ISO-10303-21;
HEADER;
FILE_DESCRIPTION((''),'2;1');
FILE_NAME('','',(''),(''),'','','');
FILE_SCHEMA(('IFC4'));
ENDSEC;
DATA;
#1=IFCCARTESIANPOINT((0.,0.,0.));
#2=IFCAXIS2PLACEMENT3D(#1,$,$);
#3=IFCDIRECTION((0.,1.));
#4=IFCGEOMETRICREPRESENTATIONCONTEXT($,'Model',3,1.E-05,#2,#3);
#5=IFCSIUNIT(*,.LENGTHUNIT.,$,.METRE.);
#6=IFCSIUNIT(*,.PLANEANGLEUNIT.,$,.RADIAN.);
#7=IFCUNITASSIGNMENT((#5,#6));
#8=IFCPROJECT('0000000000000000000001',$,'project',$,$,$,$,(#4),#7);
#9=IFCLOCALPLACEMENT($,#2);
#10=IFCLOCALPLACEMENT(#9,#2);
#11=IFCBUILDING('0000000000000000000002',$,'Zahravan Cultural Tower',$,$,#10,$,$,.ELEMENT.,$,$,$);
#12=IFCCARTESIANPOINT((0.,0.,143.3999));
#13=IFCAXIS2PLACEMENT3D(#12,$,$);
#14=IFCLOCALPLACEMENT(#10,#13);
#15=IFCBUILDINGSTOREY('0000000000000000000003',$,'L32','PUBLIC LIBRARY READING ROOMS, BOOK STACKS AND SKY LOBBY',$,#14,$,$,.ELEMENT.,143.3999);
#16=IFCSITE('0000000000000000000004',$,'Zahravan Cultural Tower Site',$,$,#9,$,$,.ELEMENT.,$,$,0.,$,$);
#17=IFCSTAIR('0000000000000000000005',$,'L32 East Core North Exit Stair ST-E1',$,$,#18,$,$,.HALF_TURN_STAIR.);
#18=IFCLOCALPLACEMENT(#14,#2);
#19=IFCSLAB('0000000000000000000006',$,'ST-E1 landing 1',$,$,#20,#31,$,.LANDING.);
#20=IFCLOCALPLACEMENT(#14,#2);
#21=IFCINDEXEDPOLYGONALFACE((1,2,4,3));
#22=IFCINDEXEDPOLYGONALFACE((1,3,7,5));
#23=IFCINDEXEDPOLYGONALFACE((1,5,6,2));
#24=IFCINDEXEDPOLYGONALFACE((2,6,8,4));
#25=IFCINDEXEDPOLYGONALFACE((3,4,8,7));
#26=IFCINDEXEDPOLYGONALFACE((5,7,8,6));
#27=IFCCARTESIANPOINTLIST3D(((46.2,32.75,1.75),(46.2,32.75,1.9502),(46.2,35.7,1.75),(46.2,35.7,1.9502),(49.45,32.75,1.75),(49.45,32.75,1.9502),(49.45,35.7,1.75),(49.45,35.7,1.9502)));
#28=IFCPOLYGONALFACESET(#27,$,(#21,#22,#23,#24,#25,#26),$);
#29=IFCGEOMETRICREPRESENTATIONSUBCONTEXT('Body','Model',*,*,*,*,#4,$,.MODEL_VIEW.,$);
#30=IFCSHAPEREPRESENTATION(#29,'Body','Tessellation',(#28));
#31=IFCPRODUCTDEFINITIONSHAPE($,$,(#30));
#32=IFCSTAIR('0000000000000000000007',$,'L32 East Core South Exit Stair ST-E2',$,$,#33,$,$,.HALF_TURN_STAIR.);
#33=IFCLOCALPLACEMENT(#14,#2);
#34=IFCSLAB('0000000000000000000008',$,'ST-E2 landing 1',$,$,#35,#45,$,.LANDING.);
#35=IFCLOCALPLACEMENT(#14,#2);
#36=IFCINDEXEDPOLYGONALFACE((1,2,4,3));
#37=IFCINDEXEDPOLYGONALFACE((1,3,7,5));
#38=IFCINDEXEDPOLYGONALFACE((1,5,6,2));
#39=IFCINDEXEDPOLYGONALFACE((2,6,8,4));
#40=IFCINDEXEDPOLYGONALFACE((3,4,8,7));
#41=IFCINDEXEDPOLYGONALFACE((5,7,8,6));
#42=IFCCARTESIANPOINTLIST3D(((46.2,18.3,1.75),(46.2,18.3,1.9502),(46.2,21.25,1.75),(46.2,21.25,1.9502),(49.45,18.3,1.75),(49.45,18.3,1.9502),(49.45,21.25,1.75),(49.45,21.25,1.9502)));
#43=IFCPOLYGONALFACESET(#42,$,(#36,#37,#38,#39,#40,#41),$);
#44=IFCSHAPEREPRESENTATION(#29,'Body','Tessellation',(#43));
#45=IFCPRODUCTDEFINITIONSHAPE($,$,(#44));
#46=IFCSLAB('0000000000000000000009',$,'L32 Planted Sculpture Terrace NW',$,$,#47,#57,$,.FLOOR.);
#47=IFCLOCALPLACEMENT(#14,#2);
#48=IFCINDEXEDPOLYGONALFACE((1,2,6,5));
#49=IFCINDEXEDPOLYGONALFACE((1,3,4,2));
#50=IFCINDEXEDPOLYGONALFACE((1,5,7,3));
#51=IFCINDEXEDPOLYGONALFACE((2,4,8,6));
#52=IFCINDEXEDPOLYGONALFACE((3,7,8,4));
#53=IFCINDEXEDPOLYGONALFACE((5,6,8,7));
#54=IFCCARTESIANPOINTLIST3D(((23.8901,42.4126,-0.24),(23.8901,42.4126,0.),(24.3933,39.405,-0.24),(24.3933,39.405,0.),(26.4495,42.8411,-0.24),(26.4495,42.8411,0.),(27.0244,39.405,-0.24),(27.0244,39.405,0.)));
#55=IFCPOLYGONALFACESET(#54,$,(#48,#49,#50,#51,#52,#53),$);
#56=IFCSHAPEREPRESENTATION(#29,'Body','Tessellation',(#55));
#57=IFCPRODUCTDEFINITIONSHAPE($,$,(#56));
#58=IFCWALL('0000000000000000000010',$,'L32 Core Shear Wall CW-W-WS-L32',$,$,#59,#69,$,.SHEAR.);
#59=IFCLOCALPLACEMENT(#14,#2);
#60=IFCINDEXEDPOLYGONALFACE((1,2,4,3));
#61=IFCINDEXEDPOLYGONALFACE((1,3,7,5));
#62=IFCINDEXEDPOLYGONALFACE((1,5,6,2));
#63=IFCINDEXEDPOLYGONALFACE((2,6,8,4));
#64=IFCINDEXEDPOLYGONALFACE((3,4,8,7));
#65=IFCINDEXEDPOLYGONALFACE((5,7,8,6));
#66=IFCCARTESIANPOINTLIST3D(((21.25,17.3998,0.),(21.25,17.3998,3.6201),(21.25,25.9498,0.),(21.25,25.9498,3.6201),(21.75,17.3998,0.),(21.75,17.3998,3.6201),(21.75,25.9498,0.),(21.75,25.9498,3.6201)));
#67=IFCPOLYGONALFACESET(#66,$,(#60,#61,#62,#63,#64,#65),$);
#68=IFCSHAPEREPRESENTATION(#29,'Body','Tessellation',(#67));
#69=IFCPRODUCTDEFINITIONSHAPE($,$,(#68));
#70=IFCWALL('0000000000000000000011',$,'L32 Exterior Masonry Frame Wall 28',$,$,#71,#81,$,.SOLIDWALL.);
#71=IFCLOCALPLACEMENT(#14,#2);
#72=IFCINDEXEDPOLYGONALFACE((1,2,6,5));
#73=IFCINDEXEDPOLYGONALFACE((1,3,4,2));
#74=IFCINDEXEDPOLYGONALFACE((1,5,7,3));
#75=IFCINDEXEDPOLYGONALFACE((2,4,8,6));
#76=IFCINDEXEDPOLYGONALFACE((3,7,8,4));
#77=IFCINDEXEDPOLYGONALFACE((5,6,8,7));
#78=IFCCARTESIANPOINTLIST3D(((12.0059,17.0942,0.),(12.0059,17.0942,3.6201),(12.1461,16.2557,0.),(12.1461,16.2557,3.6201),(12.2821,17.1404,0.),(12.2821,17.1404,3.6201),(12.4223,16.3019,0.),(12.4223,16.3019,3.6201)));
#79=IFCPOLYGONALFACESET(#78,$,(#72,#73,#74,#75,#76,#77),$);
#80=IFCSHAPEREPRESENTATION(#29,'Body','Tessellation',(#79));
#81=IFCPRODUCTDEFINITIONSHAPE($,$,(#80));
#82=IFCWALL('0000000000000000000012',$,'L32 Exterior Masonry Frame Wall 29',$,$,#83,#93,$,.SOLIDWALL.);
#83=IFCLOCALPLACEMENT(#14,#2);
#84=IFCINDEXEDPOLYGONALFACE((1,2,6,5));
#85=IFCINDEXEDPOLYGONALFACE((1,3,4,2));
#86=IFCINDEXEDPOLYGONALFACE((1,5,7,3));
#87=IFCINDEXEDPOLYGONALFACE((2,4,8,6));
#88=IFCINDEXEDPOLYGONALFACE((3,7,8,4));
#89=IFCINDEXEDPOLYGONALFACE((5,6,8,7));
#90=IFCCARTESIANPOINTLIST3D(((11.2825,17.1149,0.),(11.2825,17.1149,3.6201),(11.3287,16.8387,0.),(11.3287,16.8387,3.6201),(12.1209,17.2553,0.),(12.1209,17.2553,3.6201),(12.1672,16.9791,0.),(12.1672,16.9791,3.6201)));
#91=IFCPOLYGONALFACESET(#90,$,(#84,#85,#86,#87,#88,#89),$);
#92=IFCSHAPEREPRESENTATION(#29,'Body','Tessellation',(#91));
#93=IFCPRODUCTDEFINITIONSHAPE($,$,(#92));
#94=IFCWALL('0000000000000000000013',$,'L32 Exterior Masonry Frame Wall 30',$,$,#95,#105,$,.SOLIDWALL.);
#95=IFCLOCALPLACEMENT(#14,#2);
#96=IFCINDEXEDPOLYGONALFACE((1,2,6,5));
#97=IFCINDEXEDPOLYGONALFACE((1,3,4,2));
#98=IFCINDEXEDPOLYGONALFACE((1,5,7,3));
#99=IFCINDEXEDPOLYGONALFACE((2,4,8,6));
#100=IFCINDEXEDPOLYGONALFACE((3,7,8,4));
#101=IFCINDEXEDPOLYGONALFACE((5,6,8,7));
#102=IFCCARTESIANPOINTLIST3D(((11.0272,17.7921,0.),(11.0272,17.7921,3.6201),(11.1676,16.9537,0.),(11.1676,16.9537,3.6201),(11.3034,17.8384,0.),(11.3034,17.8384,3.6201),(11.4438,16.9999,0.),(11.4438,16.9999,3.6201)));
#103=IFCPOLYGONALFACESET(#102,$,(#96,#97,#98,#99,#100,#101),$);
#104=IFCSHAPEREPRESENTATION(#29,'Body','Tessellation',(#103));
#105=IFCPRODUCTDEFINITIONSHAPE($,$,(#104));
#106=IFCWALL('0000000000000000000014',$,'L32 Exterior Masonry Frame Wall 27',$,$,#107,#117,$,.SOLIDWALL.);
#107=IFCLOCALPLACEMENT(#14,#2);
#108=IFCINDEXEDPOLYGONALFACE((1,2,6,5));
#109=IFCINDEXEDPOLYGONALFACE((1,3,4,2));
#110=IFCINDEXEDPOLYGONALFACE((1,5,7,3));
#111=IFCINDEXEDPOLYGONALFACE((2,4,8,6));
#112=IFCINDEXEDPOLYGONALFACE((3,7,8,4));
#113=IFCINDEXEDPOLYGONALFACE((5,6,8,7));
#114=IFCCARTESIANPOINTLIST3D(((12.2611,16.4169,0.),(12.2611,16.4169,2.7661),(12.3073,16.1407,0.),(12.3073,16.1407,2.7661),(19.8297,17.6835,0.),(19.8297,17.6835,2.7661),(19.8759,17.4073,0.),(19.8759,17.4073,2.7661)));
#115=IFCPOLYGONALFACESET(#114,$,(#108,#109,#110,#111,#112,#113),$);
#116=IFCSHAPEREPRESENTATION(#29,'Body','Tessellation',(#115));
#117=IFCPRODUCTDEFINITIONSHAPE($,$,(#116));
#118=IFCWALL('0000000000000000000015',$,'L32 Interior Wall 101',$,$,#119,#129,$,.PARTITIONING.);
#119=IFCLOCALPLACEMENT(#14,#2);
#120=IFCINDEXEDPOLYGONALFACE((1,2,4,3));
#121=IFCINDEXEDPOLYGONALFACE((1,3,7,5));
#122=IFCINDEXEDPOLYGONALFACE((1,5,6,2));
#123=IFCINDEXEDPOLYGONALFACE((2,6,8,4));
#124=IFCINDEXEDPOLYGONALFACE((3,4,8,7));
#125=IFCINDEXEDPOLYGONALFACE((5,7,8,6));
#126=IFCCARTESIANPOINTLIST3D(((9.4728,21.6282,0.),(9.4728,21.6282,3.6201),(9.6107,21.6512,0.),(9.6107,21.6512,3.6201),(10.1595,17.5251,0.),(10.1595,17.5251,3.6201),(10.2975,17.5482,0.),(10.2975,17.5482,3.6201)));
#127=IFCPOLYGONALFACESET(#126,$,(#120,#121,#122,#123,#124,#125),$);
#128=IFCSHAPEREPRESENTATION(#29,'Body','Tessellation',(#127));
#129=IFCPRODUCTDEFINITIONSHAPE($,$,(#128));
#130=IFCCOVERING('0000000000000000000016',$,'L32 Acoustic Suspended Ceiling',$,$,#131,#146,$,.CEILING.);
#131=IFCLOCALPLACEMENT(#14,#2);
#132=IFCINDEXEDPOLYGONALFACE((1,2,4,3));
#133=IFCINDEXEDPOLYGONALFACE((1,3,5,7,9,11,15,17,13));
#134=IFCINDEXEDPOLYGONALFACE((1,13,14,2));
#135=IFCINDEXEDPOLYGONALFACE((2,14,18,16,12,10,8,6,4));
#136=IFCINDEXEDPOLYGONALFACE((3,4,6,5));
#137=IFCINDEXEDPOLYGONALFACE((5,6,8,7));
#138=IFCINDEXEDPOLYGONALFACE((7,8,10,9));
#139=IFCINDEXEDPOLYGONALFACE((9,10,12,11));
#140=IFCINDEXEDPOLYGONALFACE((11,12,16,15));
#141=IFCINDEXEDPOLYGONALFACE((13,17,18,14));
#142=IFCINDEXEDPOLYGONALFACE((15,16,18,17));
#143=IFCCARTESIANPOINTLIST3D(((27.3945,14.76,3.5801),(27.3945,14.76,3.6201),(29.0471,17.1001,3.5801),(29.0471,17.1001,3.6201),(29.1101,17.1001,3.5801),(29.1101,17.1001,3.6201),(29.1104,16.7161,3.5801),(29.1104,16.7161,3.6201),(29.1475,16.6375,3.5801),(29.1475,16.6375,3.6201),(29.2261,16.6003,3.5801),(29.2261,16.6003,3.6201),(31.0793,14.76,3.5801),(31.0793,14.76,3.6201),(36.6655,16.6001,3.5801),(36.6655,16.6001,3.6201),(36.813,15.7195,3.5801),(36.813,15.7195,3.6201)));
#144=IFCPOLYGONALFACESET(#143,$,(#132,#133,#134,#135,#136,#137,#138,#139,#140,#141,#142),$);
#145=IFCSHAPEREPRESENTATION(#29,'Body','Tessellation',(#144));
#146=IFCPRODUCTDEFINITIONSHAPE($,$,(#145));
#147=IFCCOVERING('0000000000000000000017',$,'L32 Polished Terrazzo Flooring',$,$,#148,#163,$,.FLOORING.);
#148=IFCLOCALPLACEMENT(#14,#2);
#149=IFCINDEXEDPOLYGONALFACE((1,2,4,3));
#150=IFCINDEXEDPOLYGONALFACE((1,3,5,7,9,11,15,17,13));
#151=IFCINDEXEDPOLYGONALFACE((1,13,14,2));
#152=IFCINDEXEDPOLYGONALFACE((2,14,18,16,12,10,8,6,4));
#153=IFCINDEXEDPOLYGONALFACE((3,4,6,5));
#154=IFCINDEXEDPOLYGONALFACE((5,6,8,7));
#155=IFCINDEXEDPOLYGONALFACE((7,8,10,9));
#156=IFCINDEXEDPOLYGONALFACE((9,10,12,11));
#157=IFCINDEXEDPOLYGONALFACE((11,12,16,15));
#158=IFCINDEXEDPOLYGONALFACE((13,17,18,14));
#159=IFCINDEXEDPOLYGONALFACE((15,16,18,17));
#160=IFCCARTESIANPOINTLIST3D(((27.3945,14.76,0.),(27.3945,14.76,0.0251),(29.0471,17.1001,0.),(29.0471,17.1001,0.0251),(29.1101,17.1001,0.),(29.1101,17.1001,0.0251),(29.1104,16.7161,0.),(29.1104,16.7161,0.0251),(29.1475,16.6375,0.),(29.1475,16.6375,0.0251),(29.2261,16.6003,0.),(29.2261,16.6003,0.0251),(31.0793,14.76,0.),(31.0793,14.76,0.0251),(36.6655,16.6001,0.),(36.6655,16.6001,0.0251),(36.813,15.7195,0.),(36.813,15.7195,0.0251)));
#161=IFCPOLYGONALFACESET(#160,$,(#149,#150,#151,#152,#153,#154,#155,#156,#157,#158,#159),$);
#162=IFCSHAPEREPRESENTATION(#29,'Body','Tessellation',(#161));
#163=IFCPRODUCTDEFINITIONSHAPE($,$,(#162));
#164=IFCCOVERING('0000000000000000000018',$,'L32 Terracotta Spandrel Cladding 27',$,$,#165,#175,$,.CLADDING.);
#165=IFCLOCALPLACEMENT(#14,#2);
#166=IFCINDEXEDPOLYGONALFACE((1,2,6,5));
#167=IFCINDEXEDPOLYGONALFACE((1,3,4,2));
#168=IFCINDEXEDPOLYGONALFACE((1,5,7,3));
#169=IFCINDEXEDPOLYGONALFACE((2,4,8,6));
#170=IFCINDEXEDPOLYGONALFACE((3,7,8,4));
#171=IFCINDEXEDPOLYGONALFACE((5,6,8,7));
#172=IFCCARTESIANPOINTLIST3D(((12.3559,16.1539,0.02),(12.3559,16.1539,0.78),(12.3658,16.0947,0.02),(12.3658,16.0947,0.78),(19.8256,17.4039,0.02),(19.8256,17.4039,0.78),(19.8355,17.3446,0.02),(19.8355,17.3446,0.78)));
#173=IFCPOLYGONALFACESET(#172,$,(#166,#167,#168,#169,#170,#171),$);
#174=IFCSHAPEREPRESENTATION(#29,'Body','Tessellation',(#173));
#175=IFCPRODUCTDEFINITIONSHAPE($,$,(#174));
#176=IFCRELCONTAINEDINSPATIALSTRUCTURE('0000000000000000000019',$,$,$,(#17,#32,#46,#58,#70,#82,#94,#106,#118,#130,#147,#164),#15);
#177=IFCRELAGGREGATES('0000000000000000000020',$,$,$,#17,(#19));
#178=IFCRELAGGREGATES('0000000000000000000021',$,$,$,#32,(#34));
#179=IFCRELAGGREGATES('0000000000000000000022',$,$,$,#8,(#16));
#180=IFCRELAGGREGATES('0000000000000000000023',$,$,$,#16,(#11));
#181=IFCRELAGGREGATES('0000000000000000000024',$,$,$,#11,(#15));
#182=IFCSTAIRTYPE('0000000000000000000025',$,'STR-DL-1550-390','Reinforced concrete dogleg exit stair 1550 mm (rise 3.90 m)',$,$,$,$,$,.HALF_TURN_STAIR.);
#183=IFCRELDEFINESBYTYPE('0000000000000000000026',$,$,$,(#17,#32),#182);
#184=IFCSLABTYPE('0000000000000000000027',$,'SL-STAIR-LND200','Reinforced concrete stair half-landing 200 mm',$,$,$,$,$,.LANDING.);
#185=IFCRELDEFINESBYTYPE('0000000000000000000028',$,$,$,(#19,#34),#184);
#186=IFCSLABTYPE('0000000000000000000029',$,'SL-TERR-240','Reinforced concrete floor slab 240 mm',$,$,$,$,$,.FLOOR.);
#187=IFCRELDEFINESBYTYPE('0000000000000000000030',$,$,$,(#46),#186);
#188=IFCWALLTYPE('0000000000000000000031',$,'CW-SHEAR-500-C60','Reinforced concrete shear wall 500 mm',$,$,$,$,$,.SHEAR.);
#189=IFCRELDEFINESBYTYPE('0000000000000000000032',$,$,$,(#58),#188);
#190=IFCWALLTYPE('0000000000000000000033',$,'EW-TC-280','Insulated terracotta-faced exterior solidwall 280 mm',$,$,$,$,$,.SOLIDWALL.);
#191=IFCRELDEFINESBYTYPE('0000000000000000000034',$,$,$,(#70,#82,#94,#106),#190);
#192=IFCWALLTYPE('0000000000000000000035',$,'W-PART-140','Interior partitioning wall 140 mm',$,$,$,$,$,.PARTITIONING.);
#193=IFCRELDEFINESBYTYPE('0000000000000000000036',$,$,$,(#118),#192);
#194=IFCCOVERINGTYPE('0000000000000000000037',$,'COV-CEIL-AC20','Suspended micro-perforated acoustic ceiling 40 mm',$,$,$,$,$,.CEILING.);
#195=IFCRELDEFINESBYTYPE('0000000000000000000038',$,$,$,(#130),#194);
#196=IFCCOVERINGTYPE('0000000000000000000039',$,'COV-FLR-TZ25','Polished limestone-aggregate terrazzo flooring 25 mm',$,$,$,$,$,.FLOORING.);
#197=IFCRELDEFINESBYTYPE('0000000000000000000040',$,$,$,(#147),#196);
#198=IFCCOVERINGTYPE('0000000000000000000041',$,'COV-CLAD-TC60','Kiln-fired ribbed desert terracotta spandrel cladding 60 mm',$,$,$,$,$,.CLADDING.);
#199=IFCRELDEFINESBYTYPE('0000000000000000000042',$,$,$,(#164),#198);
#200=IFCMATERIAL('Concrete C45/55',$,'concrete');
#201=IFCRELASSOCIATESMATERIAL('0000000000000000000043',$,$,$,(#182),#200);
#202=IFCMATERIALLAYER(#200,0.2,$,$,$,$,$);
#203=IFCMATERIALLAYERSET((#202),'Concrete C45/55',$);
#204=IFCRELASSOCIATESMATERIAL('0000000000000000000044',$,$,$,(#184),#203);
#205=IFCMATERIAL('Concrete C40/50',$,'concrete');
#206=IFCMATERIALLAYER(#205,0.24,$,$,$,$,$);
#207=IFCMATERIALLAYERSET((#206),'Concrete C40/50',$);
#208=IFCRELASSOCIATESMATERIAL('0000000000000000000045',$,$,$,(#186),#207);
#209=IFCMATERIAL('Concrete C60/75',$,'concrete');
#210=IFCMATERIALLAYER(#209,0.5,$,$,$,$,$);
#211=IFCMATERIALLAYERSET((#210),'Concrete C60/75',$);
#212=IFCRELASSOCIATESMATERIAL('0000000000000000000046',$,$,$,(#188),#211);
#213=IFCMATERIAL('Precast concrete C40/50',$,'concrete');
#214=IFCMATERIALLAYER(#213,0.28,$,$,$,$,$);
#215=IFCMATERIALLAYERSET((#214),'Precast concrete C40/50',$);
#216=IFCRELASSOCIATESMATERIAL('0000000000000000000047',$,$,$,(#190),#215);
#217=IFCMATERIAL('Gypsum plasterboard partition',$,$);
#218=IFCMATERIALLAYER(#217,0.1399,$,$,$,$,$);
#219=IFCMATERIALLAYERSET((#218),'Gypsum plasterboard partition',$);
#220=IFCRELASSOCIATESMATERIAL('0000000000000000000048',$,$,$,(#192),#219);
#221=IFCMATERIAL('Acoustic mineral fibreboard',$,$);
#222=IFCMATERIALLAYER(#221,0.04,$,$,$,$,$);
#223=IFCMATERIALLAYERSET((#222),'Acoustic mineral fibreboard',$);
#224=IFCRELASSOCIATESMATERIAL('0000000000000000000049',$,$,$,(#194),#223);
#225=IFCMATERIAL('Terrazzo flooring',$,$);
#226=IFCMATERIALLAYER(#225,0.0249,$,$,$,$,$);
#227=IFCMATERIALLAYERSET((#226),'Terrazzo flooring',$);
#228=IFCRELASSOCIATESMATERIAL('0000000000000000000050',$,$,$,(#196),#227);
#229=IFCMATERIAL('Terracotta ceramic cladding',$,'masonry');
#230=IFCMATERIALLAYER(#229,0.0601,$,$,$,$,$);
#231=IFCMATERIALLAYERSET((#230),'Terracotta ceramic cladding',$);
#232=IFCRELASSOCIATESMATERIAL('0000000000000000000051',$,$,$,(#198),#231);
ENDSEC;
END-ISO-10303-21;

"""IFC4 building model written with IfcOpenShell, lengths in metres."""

from ifc_helpers import new_model, si_unit, direction, frame, frame_2d, origin, origin_2d, place, context, subcontext, project, spatial, polyline, rectangle, outline, extrude, source, transform, mapped, material, layer, layer_set, type_object, element, aggregate, save


model = new_model("IFC4")

# Units and contexts
model_context = context("Model", 3, precision=1e-05, world=origin(), true_north=direction((0.0, 1.0)))
body_context = subcontext(model_context, "Body", "Model", "MODEL_VIEW")
ifc_project = project(units=[si_unit("LENGTHUNIT", "METRE"), si_unit("PLANEANGLEUNIT", "RADIAN")], contexts=[model_context])

# Site, building, storey
site_placement = place(None, origin())
site = spatial("IfcSite", under=ifc_project, at=site_placement, Name="Zahravan Cultural Tower Site", CompositionType="ELEMENT", RefElevation=0.0)
building_placement = place(site_placement, origin())
building = spatial("IfcBuilding", under=site, at=building_placement, Name="Zahravan Cultural Tower", CompositionType="ELEMENT")
storey_placement = place(building_placement, frame((0.0, 0.0, 143.3999)))
storey = spatial("IfcBuildingStorey", under=building, at=storey_placement, Name="L32", Description="PUBLIC LIBRARY READING ROOMS, BOOK STACKS AND SKY LOBBY", CompositionType="ELEMENT", Elevation=143.3999)

# Shared definitions
ifc_material_1 = material(Name="Concrete C45/55", Category="concrete")

# Stairs, slabs
stair_type = type_object("IfcStairType", Name="STR-DL-1550-390", Description="Reinforced concrete dogleg exit stair 1550 mm (rise 3.90 m)", PredefinedType="HALF_TURN_STAIR", material=ifc_material_1)
ifc_layer_1 = layer(ifc_material_1, 0.2)
ifc_layer_set_1 = layer_set([ifc_layer_1], Name="Concrete C45/55")
slab_type_1 = type_object("IfcSlabType", Name="SL-STAIR-LND200", Description="Reinforced concrete stair half-landing 200 mm", PredefinedType="LANDING", material=ifc_layer_set_1)
stair_1_placement = place(storey_placement, origin())
stair_1 = element("IfcStair", 1, at=stair_1_placement, inside=storey, type_object=stair_type, Name="L32 East Core North Exit Stair ST-E1", PredefinedType="HALF_TURN_STAIR")
slab_1_placement = place(storey_placement, frame((0.0, 0.0, 1.75)))
slab_1 = element("IfcSlab", 2, at=slab_1_placement, type_object=slab_type_1, Name="ST-E1 landing 1", PredefinedType="LANDING", context=body_context, shape_type="SweptSolid", body=[
    extrude(outline(polyline([(49.45, 32.75), (49.45, 35.7), (46.2, 35.7), (46.2, 32.75), (49.45, 32.75)])), origin(), (0.0, 0.0, 1.0), 0.2002),
])
aggregate(stair_1, [slab_1])
stair_2_placement = place(storey_placement, origin())
stair_2 = element("IfcStair", 3, at=stair_2_placement, inside=storey, type_object=stair_type, Name="L32 East Core South Exit Stair ST-E2", PredefinedType="HALF_TURN_STAIR")
slab_2_placement = place(storey_placement, frame((0.0, 0.0, 1.75)))
slab_2 = element("IfcSlab", 4, at=slab_2_placement, type_object=slab_type_1, Name="ST-E2 landing 1", PredefinedType="LANDING", context=body_context, shape_type="SweptSolid", body=[
    extrude(outline(polyline([(46.2, 21.25), (46.2, 18.3), (49.45, 18.3), (49.45, 21.25), (46.2, 21.25)])), origin(), (0.0, 0.0, 1.0), 0.2002),
])
aggregate(stair_2, [slab_2])

# Slab
ifc_material_2 = material(Name="Concrete C40/50", Category="concrete")
ifc_layer_2 = layer(ifc_material_2, 0.24)
ifc_layer_set_2 = layer_set([ifc_layer_2], Name="Concrete C40/50")
slab_type_2 = type_object("IfcSlabType", Name="SL-TERR-240", Description="Reinforced concrete floor slab 240 mm", PredefinedType="FLOOR", material=ifc_layer_set_2)
slab_3_placement = place(storey_placement, frame((0.0, 0.0, -0.24)))
element("IfcSlab", 5, at=slab_3_placement, inside=storey, type_object=slab_type_2, Name="L32 Planted Sculpture Terrace NW", PredefinedType="FLOOR", context=body_context, shape_type="SweptSolid", body=[
    extrude(outline(polyline([(23.8901, 42.4126), (24.3933, 39.405), (27.0244, 39.405), (26.4495, 42.8411), (23.8901, 42.4126)])), origin(), (0.0, 0.0, 1.0), 0.24),
])

# Walls
ifc_material_3 = material(Name="Concrete C60/75", Category="concrete")
ifc_layer_3 = layer(ifc_material_3, 0.5)
ifc_layer_set_3 = layer_set([ifc_layer_3], Name="Concrete C60/75")
wall_type_1 = type_object("IfcWallType", Name="CW-SHEAR-500-C60", Description="Reinforced concrete shear wall 500 mm", PredefinedType="SHEAR", material=ifc_layer_set_3)
shared_shape_1 = source(origin(), body_context, "Body", "SweptSolid", [
    extrude(rectangle(XDim=8.55, YDim=0.5, at=frame_2d((4.2749, 0.0))), origin(), (0.0, 0.0, 1.0), 3.6201),
])
wall_1_placement = place(storey_placement, frame((21.5, 17.3999, 0.0), z_axis=(0.0, 0.0, 1.0), x_axis=(0.0, 1.0, 0.0)))
element("IfcWall", 6, at=wall_1_placement, inside=storey, type_object=wall_type_1, Name="L32 Core Shear Wall CW-W-WS-L32", PredefinedType="SHEAR", context=body_context, shape_type="MappedRepresentation", body=[
    mapped(shared_shape_1, transform((0.0, 0.0, 0.0), x_axis=(1.0, 0.0, 0.0), y_axis=(0.0, 1.0, 0.0), z_axis=(0.0, 0.0, 1.0), scale=1.0)),
])
ifc_material_4 = material(Name="Precast concrete C40/50", Category="concrete")
ifc_layer_4 = layer(ifc_material_4, 0.28)
ifc_layer_set_4 = layer_set([ifc_layer_4], Name="Precast concrete C40/50")
wall_type_2 = type_object("IfcWallType", Name="EW-TC-280", Description="Insulated terracotta-faced exterior solidwall 280 mm", PredefinedType="SOLIDWALL", material=ifc_layer_set_4)
shared_shape_2 = source(origin(), body_context, "Body", "SweptSolid", [
    extrude(rectangle(XDim=0.8501, YDim=0.28, at=frame_2d((0.425, 0.0))), origin(), (0.0, 0.0, 1.0), 3.6201),
])
for number, where, z_axis, x_axis, name in (
    (7, (12.2842, 16.2788, 0.0), (0.0, 0.0, 1.0), (-0.164865, 0.986316, 0.0), "L32 Exterior Masonry Frame Wall 28"),
    (8, (12.144, 17.1172, 0.0), (0.0, 0.0, 1.0), (-0.986269, -0.165144, 0.0), "L32 Exterior Masonry Frame Wall 29"),
    (9, (11.3057, 16.9768, 0.0), (0.0, 0.0, 1.0), (-0.165144, 0.986269, 0.0), "L32 Exterior Masonry Frame Wall 30"),
):
    element("IfcWall", number, at=place(storey_placement, frame(where, z_axis=z_axis, x_axis=x_axis)), inside=storey, type_object=wall_type_2, Name=name, PredefinedType="SOLIDWALL", context=body_context, shape_type="MappedRepresentation", body=[
        mapped(shared_shape_2, transform((0.0, 0.0, 0.0), x_axis=(1.0, 0.0, 0.0), y_axis=(0.0, 1.0, 0.0), z_axis=(0.0, 0.0, 1.0), scale=1.0)),
    ])
shared_shape_3 = source(origin(), body_context, "Body", "SweptSolid", [
    extrude(rectangle(XDim=7.6738, YDim=0.28, at=frame_2d((3.8369, 0.0))), origin(), (0.0, 0.0, 1.0), 2.7661),
])
wall_2_placement = place(storey_placement, frame((19.8528, 17.5454, 0.0), z_axis=(0.0, 0.0, 1.0), x_axis=(-0.986285, -0.165054, 0.0)))
element("IfcWall", 10, at=wall_2_placement, inside=storey, type_object=wall_type_2, Name="L32 Exterior Masonry Frame Wall 27", PredefinedType="SOLIDWALL", context=body_context, shape_type="MappedRepresentation", body=[
    mapped(shared_shape_3, transform((0.0, 0.0, 0.0), x_axis=(1.0, 0.0, 0.0), y_axis=(0.0, 1.0, 0.0), z_axis=(0.0, 0.0, 1.0), scale=1.0)),
])
ifc_material_5 = material(Name="Gypsum plasterboard partition")
ifc_layer_5 = layer(ifc_material_5, 0.1399)
ifc_layer_set_5 = layer_set([ifc_layer_5], Name="Gypsum plasterboard partition")
wall_type_3 = type_object("IfcWallType", Name="W-PART-140", Description="Interior partitioning wall 140 mm", PredefinedType="PARTITIONING", material=ifc_layer_set_5)
shared_shape_4 = source(origin(), body_context, "Body", "SweptSolid", [
    extrude(rectangle(XDim=4.1602, YDim=0.1399, at=frame_2d((2.0801, 0.0))), origin(), (0.0, 0.0, 1.0), 3.6201),
])
wall_3_placement = place(storey_placement, frame((10.2285, 17.5366, 0.0), z_axis=(0.0, 0.0, 1.0), x_axis=(-0.165084, 0.986279, 0.0)))
element("IfcWall", 11, at=wall_3_placement, inside=storey, type_object=wall_type_3, Name="L32 Interior Wall 101", PredefinedType="PARTITIONING", context=body_context, shape_type="MappedRepresentation", body=[
    mapped(shared_shape_4, transform((0.0, 0.0, 0.0), x_axis=(1.0, 0.0, 0.0), y_axis=(0.0, 1.0, 0.0), z_axis=(0.0, 0.0, 1.0), scale=1.0)),
])

# Coverings
ifc_material_6 = material(Name="Acoustic mineral fibreboard")
ifc_layer_6 = layer(ifc_material_6, 0.04)
ifc_layer_set_6 = layer_set([ifc_layer_6], Name="Acoustic mineral fibreboard")
covering_type_1 = type_object("IfcCoveringType", Name="COV-CEIL-AC20", Description="Suspended micro-perforated acoustic ceiling 40 mm", PredefinedType="CEILING", material=ifc_layer_set_6)
covering_1_placement = place(storey_placement, frame((0.0, 0.0, 3.5801)))
element("IfcCovering", 12, at=covering_1_placement, inside=storey, type_object=covering_type_1, Name="L32 Acoustic Suspended Ceiling", PredefinedType="CEILING", context=body_context, shape_type="SweptSolid", body=[
    extrude(outline(polyline([(27.3945, 14.76), (31.0793, 14.76), (36.813, 15.7195), (36.6655, 16.6001), (29.2261, 16.6003), (29.1475, 16.6375), (29.1104, 16.7161), (29.1101, 17.1001), (29.0471, 17.1001), (27.3945, 14.76)])), origin(), (0.0, 0.0, 1.0), 0.04),
])
ifc_material_7 = material(Name="Terrazzo flooring")
ifc_layer_7 = layer(ifc_material_7, 0.0249)
ifc_layer_set_7 = layer_set([ifc_layer_7], Name="Terrazzo flooring")
covering_type_2 = type_object("IfcCoveringType", Name="COV-FLR-TZ25", Description="Polished limestone-aggregate terrazzo flooring 25 mm", PredefinedType="FLOORING", material=ifc_layer_set_7)
covering_2_placement = place(storey_placement, origin())
element("IfcCovering", 13, at=covering_2_placement, inside=storey, type_object=covering_type_2, Name="L32 Polished Terrazzo Flooring", PredefinedType="FLOORING", context=body_context, shape_type="SweptSolid", body=[
    extrude(outline(polyline([(27.3945, 14.76), (31.0793, 14.76), (36.813, 15.7195), (36.6655, 16.6001), (29.2261, 16.6003), (29.1475, 16.6375), (29.1104, 16.7161), (29.1101, 17.1001), (29.0471, 17.1001), (27.3945, 14.76)])), origin(), (0.0, 0.0, 1.0), 0.0251),
])
ifc_material_8 = material(Name="Terracotta ceramic cladding", Category="masonry")
ifc_layer_8 = layer(ifc_material_8, 0.0601)
ifc_layer_set_8 = layer_set([ifc_layer_8], Name="Terracotta ceramic cladding")
covering_type_3 = type_object("IfcCoveringType", Name="COV-CLAD-TC60", Description="Kiln-fired ribbed desert terracotta spandrel cladding 60 mm", PredefinedType="CLADDING", material=ifc_layer_set_8)
shared_shape_5 = source(origin(), body_context, "Body", "SweptSolid", [
    extrude(rectangle(XDim=7.5735, YDim=0.0601, at=origin_2d()), origin(), (0.0, 0.0, 1.0), 0.76),
])
covering_3_placement = place(storey_placement, frame((16.0957, 16.7493, 0.02), z_axis=(0.0, 0.0, 1.0), x_axis=(-0.986286, -0.165048, 0.0)))
element("IfcCovering", 14, at=covering_3_placement, inside=storey, type_object=covering_type_3, Name="L32 Terracotta Spandrel Cladding 27", PredefinedType="CLADDING", context=body_context, shape_type="MappedRepresentation", body=[
    mapped(shared_shape_5, transform((0.0, 0.0, 0.0), x_axis=(1.0, 0.0, 0.0), y_axis=(0.0, 1.0, 0.0), z_axis=(0.0, 0.0, 1.0), scale=1.0)),
])

save(model, "model.ifc")
